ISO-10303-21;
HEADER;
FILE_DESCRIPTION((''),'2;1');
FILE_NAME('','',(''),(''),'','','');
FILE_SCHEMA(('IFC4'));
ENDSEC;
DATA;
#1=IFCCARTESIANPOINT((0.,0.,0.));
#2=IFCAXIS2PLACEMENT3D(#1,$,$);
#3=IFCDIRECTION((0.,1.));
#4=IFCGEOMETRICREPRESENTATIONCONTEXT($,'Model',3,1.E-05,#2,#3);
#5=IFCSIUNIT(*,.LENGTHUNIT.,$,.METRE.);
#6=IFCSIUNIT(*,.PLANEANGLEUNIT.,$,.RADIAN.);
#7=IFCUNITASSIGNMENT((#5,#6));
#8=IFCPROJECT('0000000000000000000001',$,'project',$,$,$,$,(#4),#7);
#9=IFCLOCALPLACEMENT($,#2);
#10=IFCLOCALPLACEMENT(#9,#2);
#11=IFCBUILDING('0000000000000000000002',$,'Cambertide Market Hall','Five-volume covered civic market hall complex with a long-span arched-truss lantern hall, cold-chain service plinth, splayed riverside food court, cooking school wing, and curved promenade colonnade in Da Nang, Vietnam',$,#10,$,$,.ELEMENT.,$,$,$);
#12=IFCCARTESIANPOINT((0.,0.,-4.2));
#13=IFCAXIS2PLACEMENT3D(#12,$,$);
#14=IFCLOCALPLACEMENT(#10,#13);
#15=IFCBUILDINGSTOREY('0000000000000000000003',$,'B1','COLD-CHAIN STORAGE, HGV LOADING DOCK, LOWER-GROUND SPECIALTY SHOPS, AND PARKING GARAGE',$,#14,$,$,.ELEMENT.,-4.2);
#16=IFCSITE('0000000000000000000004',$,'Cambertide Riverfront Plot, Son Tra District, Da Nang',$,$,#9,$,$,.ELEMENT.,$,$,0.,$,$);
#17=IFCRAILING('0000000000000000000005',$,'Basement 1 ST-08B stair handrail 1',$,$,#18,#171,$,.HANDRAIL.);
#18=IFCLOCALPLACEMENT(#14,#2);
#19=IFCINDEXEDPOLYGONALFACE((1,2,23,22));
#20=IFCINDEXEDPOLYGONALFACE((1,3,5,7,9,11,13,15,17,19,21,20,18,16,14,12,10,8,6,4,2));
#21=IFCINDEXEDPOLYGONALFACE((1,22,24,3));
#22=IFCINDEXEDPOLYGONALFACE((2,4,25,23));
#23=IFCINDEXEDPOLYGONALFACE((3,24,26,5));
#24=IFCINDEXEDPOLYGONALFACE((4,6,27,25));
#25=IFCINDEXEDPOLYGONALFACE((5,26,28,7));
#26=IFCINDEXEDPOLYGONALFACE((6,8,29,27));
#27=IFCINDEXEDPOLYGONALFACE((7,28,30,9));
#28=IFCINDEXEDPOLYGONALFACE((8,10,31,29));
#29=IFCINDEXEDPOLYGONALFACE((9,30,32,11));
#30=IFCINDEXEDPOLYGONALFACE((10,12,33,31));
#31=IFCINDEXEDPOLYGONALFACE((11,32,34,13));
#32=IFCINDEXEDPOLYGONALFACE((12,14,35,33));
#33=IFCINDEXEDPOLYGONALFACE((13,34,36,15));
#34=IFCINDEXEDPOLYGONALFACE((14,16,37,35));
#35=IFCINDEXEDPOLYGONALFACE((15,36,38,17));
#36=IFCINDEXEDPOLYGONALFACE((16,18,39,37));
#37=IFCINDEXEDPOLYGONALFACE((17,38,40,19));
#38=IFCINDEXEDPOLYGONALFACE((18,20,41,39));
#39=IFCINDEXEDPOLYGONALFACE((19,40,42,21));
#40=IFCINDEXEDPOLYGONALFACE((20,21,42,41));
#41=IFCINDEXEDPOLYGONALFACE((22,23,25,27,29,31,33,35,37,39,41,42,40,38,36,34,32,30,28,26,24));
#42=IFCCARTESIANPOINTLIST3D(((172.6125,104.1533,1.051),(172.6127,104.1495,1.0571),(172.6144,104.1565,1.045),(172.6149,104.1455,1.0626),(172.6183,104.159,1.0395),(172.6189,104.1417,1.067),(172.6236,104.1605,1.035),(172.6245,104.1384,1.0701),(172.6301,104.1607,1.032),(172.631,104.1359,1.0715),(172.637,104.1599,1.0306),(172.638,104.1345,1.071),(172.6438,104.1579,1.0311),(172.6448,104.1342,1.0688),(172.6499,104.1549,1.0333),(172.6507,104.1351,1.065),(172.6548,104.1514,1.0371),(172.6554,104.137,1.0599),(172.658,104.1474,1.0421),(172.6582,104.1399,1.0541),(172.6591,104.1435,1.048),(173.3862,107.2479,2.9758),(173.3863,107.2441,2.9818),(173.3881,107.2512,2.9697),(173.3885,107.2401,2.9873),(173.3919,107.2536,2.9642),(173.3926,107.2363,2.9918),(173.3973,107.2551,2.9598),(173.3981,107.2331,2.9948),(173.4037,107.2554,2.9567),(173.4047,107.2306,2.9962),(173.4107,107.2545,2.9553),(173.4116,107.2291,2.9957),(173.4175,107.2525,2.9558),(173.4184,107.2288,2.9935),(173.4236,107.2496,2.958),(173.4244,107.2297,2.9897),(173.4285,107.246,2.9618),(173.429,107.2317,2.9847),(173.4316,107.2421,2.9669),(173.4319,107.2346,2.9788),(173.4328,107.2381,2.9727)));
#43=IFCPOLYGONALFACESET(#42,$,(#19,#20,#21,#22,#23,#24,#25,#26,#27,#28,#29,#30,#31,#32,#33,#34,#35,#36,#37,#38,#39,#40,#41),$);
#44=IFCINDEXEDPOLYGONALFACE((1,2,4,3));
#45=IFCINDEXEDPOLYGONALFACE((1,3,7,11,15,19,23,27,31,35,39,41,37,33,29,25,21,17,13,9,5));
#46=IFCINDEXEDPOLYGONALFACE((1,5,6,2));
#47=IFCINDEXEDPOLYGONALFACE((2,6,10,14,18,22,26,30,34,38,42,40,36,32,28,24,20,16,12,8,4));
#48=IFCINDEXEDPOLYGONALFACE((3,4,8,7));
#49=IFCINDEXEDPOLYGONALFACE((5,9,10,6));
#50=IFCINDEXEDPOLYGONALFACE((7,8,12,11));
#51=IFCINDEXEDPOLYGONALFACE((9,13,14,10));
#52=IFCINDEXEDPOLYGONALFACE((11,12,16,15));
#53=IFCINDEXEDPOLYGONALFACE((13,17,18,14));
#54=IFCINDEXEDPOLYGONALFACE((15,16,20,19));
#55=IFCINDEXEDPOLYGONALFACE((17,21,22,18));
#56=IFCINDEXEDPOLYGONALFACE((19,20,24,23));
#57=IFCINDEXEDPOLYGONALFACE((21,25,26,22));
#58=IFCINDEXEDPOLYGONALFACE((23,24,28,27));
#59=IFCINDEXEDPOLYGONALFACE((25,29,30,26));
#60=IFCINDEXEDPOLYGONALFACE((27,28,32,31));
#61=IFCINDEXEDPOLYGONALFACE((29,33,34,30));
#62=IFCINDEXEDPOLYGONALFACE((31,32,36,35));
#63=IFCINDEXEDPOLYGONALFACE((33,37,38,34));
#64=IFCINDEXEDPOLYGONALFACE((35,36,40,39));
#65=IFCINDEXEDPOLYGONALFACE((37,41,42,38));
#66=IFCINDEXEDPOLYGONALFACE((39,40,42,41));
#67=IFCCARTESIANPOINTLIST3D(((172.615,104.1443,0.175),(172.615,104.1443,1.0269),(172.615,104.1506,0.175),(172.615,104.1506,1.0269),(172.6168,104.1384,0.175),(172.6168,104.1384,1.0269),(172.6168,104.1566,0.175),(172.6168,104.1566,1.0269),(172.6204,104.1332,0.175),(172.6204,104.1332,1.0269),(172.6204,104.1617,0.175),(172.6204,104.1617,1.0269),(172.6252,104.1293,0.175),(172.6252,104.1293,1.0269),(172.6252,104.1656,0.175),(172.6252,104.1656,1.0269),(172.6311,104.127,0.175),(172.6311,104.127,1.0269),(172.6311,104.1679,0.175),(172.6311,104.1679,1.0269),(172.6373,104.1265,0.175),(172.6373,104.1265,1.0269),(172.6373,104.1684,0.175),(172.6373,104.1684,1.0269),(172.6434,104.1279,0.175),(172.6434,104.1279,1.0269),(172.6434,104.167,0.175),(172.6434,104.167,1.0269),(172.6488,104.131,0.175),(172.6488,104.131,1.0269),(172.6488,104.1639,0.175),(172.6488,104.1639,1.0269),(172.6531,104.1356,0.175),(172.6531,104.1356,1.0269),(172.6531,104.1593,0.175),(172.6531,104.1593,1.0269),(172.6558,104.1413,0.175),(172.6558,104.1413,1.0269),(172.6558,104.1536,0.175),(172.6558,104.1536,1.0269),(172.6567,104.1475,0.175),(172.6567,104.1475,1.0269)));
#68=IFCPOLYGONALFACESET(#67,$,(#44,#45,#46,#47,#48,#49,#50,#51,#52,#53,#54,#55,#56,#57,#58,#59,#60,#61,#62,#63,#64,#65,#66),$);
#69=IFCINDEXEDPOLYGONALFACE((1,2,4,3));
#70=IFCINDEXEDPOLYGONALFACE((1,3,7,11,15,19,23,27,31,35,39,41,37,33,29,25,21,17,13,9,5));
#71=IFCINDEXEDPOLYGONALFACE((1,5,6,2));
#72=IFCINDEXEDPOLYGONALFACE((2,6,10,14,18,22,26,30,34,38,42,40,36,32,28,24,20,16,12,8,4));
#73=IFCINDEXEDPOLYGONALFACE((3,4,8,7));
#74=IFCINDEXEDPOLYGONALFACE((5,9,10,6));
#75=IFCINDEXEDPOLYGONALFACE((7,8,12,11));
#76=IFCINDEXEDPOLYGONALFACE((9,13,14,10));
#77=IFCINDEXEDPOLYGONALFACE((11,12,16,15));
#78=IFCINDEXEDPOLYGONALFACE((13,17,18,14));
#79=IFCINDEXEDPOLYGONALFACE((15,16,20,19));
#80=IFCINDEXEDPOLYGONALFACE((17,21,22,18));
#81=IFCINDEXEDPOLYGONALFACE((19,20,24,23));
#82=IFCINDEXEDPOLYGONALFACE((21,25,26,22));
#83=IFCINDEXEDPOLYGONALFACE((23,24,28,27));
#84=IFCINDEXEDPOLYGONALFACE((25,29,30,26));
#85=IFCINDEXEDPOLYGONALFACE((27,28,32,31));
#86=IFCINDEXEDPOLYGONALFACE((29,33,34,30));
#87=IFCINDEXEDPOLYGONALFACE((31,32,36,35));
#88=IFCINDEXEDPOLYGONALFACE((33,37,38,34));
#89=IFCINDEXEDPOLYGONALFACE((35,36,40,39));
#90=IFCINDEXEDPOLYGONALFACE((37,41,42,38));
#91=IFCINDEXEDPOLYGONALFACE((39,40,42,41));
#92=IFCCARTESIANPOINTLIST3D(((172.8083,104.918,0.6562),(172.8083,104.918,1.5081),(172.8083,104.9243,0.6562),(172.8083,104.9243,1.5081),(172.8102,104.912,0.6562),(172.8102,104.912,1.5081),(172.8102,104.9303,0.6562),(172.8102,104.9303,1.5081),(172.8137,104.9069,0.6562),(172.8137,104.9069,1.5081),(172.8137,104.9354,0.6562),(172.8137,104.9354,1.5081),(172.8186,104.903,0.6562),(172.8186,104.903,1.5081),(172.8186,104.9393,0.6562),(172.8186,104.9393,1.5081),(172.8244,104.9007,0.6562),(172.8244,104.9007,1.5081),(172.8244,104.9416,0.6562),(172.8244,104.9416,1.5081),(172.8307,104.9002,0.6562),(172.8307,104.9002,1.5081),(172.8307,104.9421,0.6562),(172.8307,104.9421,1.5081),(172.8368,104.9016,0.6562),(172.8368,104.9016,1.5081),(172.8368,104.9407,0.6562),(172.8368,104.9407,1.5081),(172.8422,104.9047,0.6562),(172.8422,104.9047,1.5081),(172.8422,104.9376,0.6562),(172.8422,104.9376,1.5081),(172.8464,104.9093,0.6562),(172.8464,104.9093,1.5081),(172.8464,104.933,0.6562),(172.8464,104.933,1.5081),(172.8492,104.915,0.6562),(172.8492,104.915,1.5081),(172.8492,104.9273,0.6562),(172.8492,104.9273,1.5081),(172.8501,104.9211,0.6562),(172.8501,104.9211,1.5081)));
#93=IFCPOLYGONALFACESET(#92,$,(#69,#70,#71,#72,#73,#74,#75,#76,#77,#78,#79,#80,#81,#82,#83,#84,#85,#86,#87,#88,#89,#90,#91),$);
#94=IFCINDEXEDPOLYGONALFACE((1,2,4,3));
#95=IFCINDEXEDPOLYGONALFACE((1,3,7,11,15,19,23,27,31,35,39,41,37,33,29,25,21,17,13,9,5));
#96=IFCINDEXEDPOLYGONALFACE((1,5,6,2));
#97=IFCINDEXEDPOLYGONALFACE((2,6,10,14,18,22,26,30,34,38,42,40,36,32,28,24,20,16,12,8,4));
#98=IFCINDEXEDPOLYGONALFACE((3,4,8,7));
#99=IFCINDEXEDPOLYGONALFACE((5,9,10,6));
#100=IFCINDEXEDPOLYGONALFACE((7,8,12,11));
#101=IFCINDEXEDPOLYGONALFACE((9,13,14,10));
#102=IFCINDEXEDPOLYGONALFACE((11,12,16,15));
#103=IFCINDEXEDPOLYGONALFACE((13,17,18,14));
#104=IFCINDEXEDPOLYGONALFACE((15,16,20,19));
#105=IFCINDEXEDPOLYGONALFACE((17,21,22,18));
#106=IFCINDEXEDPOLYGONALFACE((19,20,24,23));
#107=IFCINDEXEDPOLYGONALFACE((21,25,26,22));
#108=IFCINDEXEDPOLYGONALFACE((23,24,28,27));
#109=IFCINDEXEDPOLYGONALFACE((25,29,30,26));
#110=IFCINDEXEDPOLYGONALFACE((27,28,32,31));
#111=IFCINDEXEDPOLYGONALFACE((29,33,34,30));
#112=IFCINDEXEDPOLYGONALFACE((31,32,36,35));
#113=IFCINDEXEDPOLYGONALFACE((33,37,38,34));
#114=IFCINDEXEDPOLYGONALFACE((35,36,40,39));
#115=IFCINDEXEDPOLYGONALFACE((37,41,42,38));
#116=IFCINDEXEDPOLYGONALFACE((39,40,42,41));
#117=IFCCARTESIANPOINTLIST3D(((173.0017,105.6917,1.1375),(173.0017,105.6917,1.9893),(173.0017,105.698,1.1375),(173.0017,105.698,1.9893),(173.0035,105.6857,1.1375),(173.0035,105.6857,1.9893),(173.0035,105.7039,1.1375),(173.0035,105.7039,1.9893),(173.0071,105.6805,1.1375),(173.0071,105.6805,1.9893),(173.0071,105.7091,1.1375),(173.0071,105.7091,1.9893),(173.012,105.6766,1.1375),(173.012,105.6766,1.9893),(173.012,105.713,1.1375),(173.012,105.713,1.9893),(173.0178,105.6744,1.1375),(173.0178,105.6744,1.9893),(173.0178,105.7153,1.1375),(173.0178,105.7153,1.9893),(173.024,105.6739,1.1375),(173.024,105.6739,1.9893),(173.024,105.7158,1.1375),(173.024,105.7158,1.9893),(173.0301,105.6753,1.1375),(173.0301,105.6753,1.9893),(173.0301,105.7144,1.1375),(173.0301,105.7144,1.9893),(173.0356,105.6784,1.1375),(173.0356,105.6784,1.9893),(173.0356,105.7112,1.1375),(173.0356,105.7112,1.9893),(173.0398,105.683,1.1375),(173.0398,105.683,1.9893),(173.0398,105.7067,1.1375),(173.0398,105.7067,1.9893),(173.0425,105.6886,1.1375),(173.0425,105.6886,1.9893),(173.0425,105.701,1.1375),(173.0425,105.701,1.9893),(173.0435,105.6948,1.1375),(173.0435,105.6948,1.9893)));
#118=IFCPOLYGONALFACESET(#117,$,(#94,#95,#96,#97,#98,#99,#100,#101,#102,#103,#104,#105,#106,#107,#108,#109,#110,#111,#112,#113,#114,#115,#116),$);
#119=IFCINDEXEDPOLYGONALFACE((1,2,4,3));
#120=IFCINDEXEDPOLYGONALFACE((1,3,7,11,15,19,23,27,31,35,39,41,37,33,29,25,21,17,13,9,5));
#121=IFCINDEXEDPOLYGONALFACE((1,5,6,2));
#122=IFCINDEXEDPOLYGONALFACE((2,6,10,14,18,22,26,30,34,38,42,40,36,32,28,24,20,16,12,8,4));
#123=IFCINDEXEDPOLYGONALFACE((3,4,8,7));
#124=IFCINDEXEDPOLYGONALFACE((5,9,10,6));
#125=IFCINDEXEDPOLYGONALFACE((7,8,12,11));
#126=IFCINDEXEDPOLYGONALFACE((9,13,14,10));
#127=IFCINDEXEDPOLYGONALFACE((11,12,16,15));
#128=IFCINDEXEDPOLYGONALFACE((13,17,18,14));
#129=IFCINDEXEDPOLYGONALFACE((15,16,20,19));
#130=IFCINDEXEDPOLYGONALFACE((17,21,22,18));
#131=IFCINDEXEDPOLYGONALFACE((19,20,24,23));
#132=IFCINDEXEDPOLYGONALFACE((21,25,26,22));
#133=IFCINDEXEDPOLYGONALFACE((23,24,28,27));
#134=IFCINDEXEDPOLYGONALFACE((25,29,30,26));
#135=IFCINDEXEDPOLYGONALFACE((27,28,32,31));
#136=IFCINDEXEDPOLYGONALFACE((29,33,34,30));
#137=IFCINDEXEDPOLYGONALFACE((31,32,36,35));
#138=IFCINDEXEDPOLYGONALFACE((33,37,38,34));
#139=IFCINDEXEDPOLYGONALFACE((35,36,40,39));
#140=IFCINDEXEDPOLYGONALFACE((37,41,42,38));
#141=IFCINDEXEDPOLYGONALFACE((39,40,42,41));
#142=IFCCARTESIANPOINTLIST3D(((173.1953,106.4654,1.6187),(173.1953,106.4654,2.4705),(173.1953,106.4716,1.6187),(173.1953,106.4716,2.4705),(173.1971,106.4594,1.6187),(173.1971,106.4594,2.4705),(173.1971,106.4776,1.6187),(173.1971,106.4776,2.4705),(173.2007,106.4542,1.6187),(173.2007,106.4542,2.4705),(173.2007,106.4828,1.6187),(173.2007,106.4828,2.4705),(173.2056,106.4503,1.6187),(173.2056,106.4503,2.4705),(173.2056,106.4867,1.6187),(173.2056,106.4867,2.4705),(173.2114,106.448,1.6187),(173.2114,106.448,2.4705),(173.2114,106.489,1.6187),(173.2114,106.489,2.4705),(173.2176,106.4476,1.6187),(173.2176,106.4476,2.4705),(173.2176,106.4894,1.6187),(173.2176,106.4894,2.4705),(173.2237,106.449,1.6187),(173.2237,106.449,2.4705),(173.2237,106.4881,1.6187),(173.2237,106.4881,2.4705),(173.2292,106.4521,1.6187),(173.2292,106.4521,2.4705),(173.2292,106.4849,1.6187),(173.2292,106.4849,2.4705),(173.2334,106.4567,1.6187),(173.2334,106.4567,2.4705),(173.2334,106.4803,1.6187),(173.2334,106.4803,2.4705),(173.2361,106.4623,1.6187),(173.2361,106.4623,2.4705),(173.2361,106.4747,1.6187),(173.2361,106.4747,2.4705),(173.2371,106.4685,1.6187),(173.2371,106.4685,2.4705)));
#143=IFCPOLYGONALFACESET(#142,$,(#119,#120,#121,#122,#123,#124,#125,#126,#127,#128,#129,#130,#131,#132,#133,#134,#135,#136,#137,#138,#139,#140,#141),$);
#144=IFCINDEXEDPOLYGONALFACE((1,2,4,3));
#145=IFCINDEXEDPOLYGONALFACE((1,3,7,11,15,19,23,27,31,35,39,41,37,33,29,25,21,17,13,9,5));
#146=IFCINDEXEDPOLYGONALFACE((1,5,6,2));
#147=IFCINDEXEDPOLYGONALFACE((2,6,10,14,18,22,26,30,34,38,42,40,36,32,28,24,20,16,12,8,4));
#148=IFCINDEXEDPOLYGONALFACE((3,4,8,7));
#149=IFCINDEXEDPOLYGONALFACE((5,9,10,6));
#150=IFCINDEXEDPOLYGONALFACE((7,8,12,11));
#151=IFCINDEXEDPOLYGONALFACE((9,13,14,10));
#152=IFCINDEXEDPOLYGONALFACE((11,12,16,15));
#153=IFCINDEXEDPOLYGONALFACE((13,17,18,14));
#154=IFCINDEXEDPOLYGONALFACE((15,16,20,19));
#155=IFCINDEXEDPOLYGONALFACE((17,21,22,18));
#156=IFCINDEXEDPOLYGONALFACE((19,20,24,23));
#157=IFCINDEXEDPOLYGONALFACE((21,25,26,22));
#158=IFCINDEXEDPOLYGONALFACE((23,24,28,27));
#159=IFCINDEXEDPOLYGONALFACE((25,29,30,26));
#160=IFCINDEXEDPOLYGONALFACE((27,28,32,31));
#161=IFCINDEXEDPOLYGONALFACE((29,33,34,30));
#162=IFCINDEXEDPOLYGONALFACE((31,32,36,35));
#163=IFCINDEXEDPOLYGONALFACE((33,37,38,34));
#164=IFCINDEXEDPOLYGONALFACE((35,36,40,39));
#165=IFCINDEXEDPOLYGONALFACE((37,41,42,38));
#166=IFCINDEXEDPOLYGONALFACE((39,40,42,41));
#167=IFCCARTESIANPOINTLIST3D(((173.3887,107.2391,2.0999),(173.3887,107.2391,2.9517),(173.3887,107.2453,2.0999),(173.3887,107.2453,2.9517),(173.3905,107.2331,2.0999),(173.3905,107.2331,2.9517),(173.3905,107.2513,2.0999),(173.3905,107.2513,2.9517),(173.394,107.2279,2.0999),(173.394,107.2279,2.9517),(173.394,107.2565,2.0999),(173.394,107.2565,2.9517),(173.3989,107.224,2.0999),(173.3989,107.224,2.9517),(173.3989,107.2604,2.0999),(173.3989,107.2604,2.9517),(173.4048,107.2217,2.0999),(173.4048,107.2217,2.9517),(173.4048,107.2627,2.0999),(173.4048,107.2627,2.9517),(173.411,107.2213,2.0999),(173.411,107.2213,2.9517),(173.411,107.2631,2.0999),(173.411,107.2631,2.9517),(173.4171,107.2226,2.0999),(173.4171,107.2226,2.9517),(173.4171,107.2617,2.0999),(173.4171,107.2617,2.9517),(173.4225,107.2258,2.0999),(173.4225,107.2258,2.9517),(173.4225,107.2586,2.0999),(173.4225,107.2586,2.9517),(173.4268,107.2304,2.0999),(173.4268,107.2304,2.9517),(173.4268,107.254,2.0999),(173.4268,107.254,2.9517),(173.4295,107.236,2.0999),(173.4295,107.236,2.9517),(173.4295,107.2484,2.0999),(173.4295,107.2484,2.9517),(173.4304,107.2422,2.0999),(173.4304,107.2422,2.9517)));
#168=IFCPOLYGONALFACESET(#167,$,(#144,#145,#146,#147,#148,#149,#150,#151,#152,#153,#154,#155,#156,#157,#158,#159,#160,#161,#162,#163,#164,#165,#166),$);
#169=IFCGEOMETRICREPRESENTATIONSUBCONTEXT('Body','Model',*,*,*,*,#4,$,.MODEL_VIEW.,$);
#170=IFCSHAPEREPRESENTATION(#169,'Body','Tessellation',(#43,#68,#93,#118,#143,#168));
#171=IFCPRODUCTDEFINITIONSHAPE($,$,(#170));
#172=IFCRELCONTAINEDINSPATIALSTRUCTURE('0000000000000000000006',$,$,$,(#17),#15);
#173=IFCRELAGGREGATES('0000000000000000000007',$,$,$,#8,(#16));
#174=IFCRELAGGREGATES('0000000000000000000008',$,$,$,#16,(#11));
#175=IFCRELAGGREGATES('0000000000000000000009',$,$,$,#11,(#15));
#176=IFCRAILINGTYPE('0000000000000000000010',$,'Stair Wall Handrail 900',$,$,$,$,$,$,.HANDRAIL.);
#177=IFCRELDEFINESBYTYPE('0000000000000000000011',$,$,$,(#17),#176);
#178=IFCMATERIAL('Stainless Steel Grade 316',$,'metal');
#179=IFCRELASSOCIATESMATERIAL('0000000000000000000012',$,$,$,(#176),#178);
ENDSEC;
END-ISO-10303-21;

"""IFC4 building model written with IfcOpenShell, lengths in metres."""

from ifc_helpers import new_model, si_unit, direction, frame, origin, origin_2d, place, context, subcontext, project, spatial, circle, extrude, material, type_object, element, save


model = new_model("IFC4")

# Units and contexts
model_context = context("Model", 3, precision=1e-05, world=origin(), true_north=direction((0.0, 1.0)))
body_context = subcontext(model_context, "Body", "Model", "MODEL_VIEW")
ifc_project = project(units=[si_unit("LENGTHUNIT", "METRE"), si_unit("PLANEANGLEUNIT", "RADIAN")], contexts=[model_context])

# Site, building, storey
site_placement = place(None, origin())
site = spatial("IfcSite", under=ifc_project, at=site_placement, Name="Cambertide Riverfront Plot, Son Tra District, Da Nang", CompositionType="ELEMENT", RefElevation=0.0)
building_placement = place(site_placement, origin())
building = spatial("IfcBuilding", under=site, at=building_placement, Name="Cambertide Market Hall", Description="Five-volume covered civic market hall complex with a long-span arched-truss lantern hall, cold-chain service plinth, splayed riverside food court, cooking school wing, and curved promenade colonnade in Da Nang, Vietnam", CompositionType="ELEMENT")
storey_placement = place(building_placement, frame((0.0, 0.0, -4.2)))
storey = spatial("IfcBuildingStorey", under=building, at=storey_placement, Name="B1", Description="COLD-CHAIN STORAGE, HGV LOADING DOCK, LOWER-GROUND SPECIALTY SHOPS, AND PARKING GARAGE", CompositionType="ELEMENT", Elevation=-4.2)

# Railing
ifc_material_1 = material(Name="Stainless Steel Grade 316", Category="metal")
railing_type_1 = type_object("IfcRailingType", Name="Stair Wall Handrail 900", PredefinedType="HANDRAIL", material=ifc_material_1)
railing_1_placement = place(storey_placement, frame((172.6357, 104.1475, 0.175)))
element("IfcRailing", 1, at=railing_1_placement, inside=storey, type_object=railing_type_1, Name="Basement 1 ST-08B stair handrail 1", PredefinedType="HANDRAIL", context=body_context, shape_type="SweptSolid", body=[
    extrude(circle(Radius=0.0239, at=origin_2d()), frame((0.0, 0.0, 0.876), z_axis=(0.207661, 0.830645, 0.51663), x_axis=(-0.970143, 0.242536, 0.0)), (0.0, 0.0, 1.0), 3.7256),
    extrude(circle(Radius=0.021, at=origin_2d()), origin(), (0.0, 0.0, 1.0), 0.8518),
    extrude(circle(Radius=0.021, at=origin_2d()), frame((0.1934, 0.7737, 0.4812)), (0.0, 0.0, 1.0), 0.8518),
    extrude(circle(Radius=0.021, at=origin_2d()), frame((0.3867, 1.5474, 0.9624)), (0.0, 0.0, 1.0), 0.8518),
    extrude(circle(Radius=0.021, at=origin_2d()), frame((0.5803, 2.321, 1.4436)), (0.0, 0.0, 1.0), 0.8518),
    extrude(circle(Radius=0.021, at=origin_2d()), frame((0.7737, 3.0947, 1.9248)), (0.0, 0.0, 1.0), 0.8518),
])

save(model, "model.ifc")
